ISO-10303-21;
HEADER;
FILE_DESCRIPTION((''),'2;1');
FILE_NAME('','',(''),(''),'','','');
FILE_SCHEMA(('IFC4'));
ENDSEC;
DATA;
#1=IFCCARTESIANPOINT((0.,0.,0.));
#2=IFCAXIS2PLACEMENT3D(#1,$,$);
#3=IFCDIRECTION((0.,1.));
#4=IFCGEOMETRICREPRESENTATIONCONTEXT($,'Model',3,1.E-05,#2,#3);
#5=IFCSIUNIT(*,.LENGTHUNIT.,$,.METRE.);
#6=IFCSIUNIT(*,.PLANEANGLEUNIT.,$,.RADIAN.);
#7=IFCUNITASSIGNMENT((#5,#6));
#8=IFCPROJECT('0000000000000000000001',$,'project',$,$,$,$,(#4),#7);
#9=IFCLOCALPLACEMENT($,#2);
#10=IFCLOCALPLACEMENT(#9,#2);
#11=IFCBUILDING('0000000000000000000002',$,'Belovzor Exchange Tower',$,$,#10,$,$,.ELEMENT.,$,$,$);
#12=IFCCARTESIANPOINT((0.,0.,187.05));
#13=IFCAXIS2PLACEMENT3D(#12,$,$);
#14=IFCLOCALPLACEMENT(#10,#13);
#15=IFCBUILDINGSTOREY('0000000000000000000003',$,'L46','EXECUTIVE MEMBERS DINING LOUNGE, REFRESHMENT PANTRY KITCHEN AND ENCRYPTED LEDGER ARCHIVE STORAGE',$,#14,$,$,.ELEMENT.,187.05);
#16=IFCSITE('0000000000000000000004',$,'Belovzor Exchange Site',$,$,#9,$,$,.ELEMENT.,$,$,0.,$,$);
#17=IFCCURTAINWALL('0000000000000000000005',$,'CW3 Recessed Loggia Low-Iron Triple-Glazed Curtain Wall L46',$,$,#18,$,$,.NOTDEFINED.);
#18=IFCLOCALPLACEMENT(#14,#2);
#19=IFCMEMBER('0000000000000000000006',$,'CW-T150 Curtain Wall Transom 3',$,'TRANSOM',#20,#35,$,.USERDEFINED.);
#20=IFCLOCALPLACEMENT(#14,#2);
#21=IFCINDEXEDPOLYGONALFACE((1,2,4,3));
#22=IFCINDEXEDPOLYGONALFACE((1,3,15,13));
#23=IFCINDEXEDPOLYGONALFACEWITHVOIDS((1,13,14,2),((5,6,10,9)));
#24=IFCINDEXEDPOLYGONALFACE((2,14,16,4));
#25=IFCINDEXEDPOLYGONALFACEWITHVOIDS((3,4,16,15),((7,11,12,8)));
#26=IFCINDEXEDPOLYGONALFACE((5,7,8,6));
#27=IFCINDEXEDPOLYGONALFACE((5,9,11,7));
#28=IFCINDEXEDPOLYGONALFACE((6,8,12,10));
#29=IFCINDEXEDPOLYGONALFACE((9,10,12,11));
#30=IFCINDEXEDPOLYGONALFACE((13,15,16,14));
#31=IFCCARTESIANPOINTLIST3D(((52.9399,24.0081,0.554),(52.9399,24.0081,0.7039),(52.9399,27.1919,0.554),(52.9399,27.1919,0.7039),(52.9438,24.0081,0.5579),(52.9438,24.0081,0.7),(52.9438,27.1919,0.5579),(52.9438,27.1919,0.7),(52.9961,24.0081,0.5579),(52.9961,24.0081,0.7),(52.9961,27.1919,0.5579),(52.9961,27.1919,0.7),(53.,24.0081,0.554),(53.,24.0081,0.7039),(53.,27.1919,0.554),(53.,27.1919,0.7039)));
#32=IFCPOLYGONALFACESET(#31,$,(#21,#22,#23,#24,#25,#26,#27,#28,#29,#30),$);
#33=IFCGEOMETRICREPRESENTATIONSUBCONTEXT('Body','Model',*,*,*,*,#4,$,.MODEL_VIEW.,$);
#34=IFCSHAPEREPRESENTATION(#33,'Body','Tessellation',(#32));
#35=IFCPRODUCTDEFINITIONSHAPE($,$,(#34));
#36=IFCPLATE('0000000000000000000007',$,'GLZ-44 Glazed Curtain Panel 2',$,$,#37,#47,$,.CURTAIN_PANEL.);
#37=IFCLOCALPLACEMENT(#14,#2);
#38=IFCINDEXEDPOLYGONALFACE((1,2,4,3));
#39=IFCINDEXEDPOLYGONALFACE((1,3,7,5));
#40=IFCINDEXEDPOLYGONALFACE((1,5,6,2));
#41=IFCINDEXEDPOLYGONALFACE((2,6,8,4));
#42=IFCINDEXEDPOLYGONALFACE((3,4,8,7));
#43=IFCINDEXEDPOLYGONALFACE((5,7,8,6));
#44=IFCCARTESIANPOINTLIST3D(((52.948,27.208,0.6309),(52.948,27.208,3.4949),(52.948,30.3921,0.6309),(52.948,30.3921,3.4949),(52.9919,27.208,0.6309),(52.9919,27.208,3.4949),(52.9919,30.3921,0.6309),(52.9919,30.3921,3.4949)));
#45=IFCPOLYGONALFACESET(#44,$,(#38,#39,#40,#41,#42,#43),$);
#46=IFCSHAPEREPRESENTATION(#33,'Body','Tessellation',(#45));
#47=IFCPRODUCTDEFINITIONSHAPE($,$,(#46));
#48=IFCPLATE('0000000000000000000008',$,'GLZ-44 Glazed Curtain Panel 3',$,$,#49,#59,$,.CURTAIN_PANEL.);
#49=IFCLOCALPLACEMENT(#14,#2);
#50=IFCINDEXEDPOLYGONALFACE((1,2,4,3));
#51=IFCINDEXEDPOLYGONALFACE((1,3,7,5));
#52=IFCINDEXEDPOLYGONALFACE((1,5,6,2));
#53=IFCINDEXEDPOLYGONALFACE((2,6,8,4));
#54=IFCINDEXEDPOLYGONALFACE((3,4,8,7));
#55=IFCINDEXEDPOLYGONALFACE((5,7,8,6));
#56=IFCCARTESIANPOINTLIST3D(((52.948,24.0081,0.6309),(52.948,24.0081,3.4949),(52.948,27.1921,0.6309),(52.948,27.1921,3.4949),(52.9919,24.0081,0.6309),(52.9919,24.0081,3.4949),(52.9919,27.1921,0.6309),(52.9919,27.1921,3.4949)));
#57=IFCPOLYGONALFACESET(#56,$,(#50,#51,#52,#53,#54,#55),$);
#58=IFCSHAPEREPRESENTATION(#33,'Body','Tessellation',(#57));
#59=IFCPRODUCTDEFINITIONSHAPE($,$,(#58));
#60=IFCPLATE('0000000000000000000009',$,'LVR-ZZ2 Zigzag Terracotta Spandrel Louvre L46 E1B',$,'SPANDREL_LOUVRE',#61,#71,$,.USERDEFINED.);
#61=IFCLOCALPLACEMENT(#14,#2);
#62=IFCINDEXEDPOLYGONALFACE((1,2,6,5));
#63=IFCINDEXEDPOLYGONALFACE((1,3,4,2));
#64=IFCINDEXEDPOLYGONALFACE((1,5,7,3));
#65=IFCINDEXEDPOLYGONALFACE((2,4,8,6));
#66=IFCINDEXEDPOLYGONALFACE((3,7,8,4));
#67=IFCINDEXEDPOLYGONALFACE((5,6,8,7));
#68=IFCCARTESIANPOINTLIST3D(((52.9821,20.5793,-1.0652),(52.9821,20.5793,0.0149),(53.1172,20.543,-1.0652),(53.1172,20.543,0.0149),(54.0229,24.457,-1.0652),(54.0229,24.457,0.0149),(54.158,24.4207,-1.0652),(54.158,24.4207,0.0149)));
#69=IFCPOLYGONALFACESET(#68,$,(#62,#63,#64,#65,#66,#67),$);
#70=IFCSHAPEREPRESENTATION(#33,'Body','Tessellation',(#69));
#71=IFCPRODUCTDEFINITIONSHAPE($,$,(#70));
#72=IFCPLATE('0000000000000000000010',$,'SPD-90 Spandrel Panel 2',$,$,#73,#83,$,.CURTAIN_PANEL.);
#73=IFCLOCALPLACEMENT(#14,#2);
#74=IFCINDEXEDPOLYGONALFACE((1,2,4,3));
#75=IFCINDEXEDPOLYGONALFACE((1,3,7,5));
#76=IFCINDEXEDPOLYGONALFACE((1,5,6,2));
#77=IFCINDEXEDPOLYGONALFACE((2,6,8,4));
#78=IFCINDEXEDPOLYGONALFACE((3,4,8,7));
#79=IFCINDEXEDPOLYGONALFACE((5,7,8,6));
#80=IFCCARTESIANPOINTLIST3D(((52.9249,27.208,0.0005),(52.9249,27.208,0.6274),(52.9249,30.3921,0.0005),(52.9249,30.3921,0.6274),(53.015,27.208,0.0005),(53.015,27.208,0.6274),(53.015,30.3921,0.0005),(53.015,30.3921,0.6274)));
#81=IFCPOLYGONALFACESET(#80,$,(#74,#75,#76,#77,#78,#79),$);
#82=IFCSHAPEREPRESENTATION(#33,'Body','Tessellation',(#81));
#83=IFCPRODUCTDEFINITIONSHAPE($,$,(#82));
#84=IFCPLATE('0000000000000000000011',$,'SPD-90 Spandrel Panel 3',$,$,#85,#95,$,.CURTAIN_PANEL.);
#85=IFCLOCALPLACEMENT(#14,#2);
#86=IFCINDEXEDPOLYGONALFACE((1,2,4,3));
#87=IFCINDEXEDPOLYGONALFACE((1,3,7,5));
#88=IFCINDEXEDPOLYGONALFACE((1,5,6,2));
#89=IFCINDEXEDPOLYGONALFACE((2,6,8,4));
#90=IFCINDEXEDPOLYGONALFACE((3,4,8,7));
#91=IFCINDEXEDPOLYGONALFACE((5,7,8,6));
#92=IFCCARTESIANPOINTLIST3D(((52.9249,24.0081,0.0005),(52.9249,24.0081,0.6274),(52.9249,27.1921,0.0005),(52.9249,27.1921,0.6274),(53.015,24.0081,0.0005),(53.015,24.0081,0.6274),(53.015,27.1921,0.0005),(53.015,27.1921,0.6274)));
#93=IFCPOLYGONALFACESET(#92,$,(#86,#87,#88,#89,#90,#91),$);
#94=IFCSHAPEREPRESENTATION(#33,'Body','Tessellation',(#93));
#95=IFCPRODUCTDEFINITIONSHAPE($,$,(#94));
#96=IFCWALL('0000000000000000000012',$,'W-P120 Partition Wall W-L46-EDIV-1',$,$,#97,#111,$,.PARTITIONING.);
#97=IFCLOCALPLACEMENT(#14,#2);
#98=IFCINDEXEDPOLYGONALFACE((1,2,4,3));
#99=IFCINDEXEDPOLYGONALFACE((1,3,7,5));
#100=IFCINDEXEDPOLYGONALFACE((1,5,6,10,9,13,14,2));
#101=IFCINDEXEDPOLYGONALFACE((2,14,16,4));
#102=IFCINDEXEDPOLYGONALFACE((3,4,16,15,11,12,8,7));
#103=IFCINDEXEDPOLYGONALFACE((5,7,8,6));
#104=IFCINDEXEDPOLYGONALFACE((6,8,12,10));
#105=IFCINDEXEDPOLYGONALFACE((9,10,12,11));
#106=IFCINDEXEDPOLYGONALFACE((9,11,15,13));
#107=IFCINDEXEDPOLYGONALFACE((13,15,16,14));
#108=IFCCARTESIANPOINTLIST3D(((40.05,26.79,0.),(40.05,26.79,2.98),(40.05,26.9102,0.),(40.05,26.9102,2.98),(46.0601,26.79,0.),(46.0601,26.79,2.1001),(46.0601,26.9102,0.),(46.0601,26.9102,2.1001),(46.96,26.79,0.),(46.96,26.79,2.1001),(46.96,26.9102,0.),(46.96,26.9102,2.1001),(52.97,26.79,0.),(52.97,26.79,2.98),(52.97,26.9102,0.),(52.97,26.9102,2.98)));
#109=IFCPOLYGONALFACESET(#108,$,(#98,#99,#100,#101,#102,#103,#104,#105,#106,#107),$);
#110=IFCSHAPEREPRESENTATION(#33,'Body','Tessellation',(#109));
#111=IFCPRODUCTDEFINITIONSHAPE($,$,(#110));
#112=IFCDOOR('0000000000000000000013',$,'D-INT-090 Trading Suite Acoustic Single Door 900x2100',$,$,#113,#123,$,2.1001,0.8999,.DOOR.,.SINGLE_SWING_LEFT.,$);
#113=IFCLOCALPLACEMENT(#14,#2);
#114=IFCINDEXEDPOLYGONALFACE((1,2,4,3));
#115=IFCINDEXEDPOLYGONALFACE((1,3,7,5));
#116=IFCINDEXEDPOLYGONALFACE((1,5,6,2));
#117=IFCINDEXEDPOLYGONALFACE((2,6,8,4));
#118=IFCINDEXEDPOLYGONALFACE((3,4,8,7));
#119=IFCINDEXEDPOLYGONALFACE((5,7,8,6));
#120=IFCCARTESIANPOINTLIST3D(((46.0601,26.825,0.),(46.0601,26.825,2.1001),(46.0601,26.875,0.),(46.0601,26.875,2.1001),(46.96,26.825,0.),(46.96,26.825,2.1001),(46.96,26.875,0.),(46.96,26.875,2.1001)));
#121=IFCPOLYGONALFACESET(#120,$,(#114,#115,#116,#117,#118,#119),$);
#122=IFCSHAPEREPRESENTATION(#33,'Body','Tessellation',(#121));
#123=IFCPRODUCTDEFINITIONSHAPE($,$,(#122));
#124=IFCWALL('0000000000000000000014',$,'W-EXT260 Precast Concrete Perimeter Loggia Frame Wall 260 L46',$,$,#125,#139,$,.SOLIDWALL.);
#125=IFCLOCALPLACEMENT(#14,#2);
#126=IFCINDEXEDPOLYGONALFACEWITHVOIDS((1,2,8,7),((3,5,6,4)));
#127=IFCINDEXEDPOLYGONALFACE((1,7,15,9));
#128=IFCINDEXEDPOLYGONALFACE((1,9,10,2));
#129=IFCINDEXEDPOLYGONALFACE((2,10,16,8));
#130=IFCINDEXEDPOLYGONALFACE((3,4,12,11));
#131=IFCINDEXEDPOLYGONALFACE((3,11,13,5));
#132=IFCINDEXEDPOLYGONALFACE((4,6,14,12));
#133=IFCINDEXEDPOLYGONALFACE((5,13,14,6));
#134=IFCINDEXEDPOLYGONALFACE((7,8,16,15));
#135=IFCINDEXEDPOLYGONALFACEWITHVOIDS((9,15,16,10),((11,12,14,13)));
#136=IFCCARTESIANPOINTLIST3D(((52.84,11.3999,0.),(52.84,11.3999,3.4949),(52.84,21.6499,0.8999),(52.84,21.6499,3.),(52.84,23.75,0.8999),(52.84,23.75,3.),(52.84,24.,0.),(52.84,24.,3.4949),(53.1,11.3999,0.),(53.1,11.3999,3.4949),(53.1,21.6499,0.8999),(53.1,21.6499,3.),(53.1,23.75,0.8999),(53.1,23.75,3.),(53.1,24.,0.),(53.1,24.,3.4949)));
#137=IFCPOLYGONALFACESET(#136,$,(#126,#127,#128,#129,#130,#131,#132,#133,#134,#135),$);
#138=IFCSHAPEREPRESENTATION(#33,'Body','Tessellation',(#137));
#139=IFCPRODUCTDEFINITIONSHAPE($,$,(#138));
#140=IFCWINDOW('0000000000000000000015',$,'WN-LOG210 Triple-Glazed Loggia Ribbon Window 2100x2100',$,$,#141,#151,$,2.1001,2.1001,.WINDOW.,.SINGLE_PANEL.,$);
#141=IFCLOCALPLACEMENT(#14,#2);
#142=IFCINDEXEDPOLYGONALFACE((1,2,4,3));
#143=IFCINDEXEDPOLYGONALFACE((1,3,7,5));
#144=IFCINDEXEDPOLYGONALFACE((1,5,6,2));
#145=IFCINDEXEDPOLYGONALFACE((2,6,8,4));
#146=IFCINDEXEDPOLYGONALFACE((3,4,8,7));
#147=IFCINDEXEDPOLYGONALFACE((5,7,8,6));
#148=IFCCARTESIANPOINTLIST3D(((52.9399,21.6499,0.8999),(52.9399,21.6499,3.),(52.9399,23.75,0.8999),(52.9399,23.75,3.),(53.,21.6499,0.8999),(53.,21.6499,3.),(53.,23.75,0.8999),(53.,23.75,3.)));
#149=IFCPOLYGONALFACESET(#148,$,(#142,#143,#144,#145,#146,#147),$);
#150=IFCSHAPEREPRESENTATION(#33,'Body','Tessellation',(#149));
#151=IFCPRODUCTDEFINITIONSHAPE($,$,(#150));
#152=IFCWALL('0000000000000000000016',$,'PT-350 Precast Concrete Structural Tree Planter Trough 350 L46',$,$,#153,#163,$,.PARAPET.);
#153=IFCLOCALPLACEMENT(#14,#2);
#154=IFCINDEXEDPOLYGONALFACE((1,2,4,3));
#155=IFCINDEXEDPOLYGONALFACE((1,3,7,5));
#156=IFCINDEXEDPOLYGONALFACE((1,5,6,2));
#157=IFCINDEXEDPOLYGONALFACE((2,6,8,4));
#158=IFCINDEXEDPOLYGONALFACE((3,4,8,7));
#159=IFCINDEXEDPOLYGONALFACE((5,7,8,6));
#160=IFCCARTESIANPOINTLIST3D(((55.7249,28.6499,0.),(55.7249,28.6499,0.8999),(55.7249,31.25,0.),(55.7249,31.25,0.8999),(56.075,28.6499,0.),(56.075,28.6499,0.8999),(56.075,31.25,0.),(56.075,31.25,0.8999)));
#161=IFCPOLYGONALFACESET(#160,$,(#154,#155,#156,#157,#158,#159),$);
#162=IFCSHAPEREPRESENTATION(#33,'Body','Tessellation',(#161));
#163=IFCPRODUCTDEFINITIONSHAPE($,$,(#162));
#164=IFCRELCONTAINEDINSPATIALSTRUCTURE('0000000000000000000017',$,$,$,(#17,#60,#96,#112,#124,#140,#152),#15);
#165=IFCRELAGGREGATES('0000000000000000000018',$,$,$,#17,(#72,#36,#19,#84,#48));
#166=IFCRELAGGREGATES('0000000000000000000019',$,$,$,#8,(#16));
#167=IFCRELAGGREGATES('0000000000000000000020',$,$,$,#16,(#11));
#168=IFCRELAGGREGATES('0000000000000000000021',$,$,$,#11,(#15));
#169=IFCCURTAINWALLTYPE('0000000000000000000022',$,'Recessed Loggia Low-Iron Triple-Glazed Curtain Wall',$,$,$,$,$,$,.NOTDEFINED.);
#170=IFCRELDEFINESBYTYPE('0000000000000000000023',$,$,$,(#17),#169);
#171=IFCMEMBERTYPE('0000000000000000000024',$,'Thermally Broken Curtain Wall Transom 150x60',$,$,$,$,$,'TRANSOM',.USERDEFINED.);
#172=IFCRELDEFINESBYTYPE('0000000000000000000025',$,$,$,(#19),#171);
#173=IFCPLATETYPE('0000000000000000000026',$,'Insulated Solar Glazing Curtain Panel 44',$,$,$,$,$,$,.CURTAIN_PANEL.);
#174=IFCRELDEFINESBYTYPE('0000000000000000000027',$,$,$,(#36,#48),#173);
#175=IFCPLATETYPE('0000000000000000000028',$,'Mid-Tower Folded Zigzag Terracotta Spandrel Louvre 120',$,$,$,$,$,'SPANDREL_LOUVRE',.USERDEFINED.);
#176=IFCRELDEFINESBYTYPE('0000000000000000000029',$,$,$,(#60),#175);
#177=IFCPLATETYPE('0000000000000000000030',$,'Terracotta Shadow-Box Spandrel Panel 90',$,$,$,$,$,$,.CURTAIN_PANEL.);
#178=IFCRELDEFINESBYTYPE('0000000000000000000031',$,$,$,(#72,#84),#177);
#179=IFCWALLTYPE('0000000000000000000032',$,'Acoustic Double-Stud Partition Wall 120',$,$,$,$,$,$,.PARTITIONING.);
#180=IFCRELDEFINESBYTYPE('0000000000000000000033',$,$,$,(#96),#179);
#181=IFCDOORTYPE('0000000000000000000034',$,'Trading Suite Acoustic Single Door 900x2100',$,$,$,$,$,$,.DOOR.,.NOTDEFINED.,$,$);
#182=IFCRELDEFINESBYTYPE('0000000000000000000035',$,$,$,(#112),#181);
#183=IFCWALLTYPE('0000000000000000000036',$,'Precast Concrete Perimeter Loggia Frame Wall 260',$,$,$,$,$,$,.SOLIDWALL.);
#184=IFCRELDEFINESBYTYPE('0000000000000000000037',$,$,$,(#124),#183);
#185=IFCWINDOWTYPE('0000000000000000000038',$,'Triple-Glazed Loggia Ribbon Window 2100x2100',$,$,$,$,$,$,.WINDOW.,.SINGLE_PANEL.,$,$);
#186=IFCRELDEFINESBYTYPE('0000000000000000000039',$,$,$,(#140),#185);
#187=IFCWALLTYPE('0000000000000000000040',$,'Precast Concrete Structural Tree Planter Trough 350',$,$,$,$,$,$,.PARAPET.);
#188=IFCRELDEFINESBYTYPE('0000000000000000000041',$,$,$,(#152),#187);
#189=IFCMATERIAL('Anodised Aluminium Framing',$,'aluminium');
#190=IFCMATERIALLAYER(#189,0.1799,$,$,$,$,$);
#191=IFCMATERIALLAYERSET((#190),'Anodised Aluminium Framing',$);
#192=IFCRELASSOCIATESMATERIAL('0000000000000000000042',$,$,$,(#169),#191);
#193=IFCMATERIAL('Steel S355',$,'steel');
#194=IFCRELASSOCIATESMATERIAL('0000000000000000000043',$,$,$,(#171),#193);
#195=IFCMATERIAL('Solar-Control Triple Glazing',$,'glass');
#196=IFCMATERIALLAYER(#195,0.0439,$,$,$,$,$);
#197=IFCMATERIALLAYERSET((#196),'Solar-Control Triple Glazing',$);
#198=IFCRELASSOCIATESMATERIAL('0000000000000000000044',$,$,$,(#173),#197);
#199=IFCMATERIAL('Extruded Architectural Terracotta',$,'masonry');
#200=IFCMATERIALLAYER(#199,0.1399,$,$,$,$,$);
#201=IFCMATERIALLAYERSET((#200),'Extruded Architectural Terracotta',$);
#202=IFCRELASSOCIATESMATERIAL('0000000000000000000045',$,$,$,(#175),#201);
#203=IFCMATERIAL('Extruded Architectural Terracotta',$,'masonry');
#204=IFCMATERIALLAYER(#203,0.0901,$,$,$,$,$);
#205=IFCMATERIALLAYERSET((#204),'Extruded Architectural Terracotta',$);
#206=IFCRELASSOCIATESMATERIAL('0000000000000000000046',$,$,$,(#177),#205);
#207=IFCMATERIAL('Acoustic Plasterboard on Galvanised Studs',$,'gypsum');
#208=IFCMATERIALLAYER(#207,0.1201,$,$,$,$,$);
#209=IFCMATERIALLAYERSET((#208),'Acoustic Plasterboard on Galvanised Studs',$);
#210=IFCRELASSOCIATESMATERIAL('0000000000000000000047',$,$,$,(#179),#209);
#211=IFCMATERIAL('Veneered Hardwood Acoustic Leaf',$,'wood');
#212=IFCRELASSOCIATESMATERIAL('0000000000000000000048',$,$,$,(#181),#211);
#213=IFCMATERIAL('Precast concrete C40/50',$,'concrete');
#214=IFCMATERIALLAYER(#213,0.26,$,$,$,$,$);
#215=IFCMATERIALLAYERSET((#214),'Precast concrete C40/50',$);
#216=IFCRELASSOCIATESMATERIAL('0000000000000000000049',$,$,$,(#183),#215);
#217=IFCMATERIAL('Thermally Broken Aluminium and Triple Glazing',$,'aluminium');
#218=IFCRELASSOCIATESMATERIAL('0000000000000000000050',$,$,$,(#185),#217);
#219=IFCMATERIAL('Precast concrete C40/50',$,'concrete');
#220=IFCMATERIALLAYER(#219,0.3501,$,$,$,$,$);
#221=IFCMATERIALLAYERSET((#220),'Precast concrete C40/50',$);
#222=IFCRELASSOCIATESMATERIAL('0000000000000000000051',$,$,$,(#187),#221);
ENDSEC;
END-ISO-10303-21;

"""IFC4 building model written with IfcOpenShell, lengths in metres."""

from ifc_helpers import new_model, si_unit, direction, frame, frame_2d, origin, origin_2d, place, context, subcontext, project, spatial, rectangle, hollow_rectangle, extrude, material, layer, layer_set, material_profile, profile_set, type_object, element, fill, aggregate, save


model = new_model("IFC4")

# Units and contexts
model_context = context("Model", 3, precision=1e-05, world=origin(), true_north=direction((0.0, 1.0)))
body_context = subcontext(model_context, "Body", "Model", "MODEL_VIEW")
ifc_project = project(units=[si_unit("LENGTHUNIT", "METRE"), si_unit("PLANEANGLEUNIT", "RADIAN")], contexts=[model_context])

# Site, building, storey
site_placement = place(None, origin())
site = spatial("IfcSite", under=ifc_project, at=site_placement, Name="Belovzor Exchange Site", CompositionType="ELEMENT", RefElevation=0.0)
building_placement = place(site_placement, origin())
building = spatial("IfcBuilding", under=site, at=building_placement, Name="Belovzor Exchange Tower", CompositionType="ELEMENT")
storey_placement = place(building_placement, frame((0.0, 0.0, 187.05)))
storey = spatial("IfcBuildingStorey", under=building, at=storey_placement, Name="L46", Description="EXECUTIVE MEMBERS DINING LOUNGE, REFRESHMENT PANTRY KITCHEN AND ENCRYPTED LEDGER ARCHIVE STORAGE", CompositionType="ELEMENT", Elevation=187.05)

# Curtain wall, member, plates
ifc_material_1 = material(Name="Anodised Aluminium Framing", Category="aluminium")
ifc_layer_1 = layer(ifc_material_1, 0.1799)
ifc_layer_set_1 = layer_set([ifc_layer_1], Name="Anodised Aluminium Framing")
curtain_wall_type = type_object("IfcCurtainWallType", Name="Recessed Loggia Low-Iron Triple-Glazed Curtain Wall", PredefinedType="NOTDEFINED", material=ifc_layer_set_1)
curtain_wall_placement = place(storey_placement, origin())
curtain_wall = element("IfcCurtainWall", 1, at=curtain_wall_placement, inside=storey, type_object=curtain_wall_type, Name="CW3 Recessed Loggia Low-Iron Triple-Glazed Curtain Wall L46", PredefinedType="NOTDEFINED")
ifc_material_2 = material(Name="Steel S355", Category="steel")
ifc_material_profile_1 = material_profile(ifc_material_2, hollow_rectangle(XDim=0.0601, YDim=0.1499, WallThickness=0.0039, at=origin_2d()))
ifc_profile_set_1 = profile_set([ifc_material_profile_1], Name="Steel S355")
member_type_1 = type_object("IfcMemberType", Name="Thermally Broken Curtain Wall Transom 150x60", ElementType="TRANSOM", PredefinedType="USERDEFINED", material=ifc_profile_set_1)
member_1_placement = place(storey_placement, frame((52.97, 27.1919, 0.6289), z_axis=(0.0, -1.0, 0.0), x_axis=(1.0, 0.0, 0.0)))
member_1 = element("IfcMember", 2, at=member_1_placement, type_object=member_type_1, Name="CW-T150 Curtain Wall Transom 3", ObjectType="TRANSOM", PredefinedType="USERDEFINED", context=body_context, shape_type="SweptSolid", body=[
    extrude(hollow_rectangle(XDim=0.0601, YDim=0.1499, WallThickness=0.0039, at=origin_2d()), origin(), (0.0, 0.0, 1.0), 3.1838),
])
ifc_material_3 = material(Name="Solar-Control Triple Glazing", Category="glass")
ifc_layer_2 = layer(ifc_material_3, 0.0439)
ifc_layer_set_2 = layer_set([ifc_layer_2], Name="Solar-Control Triple Glazing")
plate_type_1 = type_object("IfcPlateType", Name="Insulated Solar Glazing Curtain Panel 44", PredefinedType="CURTAIN_PANEL", material=ifc_layer_set_2)
plate_1_placement = place(storey_placement, frame((52.97, 28.8, 0.6309), z_axis=(0.0, 0.0, 1.0), x_axis=(0.0, -1.0, 0.0)))
plate_1 = element("IfcPlate", 3, at=plate_1_placement, type_object=plate_type_1, Name="GLZ-44 Glazed Curtain Panel 2", PredefinedType="CURTAIN_PANEL", context=body_context, shape_type="SweptSolid", body=[
    extrude(rectangle(XDim=3.1841, YDim=0.0439, at=origin_2d()), origin(), (0.0, 0.0, 1.0), 2.864),
])
plate_2_placement = place(storey_placement, frame((52.97, 25.6001, 0.6309), z_axis=(0.0, 0.0, 1.0), x_axis=(0.0, -1.0, 0.0)))
plate_2 = element("IfcPlate", 4, at=plate_2_placement, type_object=plate_type_1, Name="GLZ-44 Glazed Curtain Panel 3", PredefinedType="CURTAIN_PANEL", context=body_context, shape_type="SweptSolid", body=[
    extrude(rectangle(XDim=3.1841, YDim=0.0439, at=origin_2d()), origin(), (0.0, 0.0, 1.0), 2.864),
])

# Plates
ifc_material_4 = material(Name="Extruded Architectural Terracotta", Category="masonry")
ifc_layer_3 = layer(ifc_material_4, 0.1399)
ifc_layer_set_3 = layer_set([ifc_layer_3], Name="Extruded Architectural Terracotta")
plate_type_2 = type_object("IfcPlateType", Name="Mid-Tower Folded Zigzag Terracotta Spandrel Louvre 120", ElementType="SPANDREL_LOUVRE", PredefinedType="USERDEFINED", material=ifc_layer_set_3)
plate_3_placement = place(storey_placement, frame((53.5701, 22.5, -1.0652), z_axis=(0.0, 0.0, 1.0), x_axis=(0.25924, 0.965813, 0.0)))
element("IfcPlate", 5, at=plate_3_placement, inside=storey, type_object=plate_type_2, Name="LVR-ZZ2 Zigzag Terracotta Spandrel Louvre L46 E1B", ObjectType="SPANDREL_LOUVRE", PredefinedType="USERDEFINED", context=body_context, shape_type="SweptSolid", body=[
    extrude(rectangle(XDim=4.0149, YDim=0.1399, at=origin_2d()), origin(), (0.0, 0.0, 1.0), 1.0801),
])
ifc_material_5 = material(Name="Extruded Architectural Terracotta", Category="masonry")
ifc_layer_4 = layer(ifc_material_5, 0.0901)
ifc_layer_set_4 = layer_set([ifc_layer_4], Name="Extruded Architectural Terracotta")
plate_type_3 = type_object("IfcPlateType", Name="Terracotta Shadow-Box Spandrel Panel 90", PredefinedType="CURTAIN_PANEL", material=ifc_layer_set_4)
plate_4_placement = place(storey_placement, frame((52.97, 28.8, 0.0005), z_axis=(0.0, 0.0, 1.0), x_axis=(0.0, -1.0, 0.0)))
plate_4 = element("IfcPlate", 6, at=plate_4_placement, type_object=plate_type_3, Name="SPD-90 Spandrel Panel 2", PredefinedType="CURTAIN_PANEL", context=body_context, shape_type="SweptSolid", body=[
    extrude(rectangle(XDim=3.1841, YDim=0.0901, at=origin_2d()), origin(), (0.0, 0.0, 1.0), 0.627),
])
plate_5_placement = place(storey_placement, frame((52.97, 25.6001, 0.0005), z_axis=(0.0, 0.0, 1.0), x_axis=(0.0, -1.0, 0.0)))
plate_5 = element("IfcPlate", 7, at=plate_5_placement, type_object=plate_type_3, Name="SPD-90 Spandrel Panel 3", PredefinedType="CURTAIN_PANEL", context=body_context, shape_type="SweptSolid", body=[
    extrude(rectangle(XDim=3.1841, YDim=0.0901, at=origin_2d()), origin(), (0.0, 0.0, 1.0), 0.627),
])
aggregate(curtain_wall, [plate_4, plate_1, member_1, plate_5, plate_2])

# Wall, opening, door
ifc_material_6 = material(Name="Acoustic Plasterboard on Galvanised Studs", Category="gypsum")
ifc_layer_5 = layer(ifc_material_6, 0.1201)
ifc_layer_set_5 = layer_set([ifc_layer_5], Name="Acoustic Plasterboard on Galvanised Studs")
wall_type_1 = type_object("IfcWallType", Name="Acoustic Double-Stud Partition Wall 120", PredefinedType="PARTITIONING", material=ifc_layer_set_5)
wall_1_placement = place(storey_placement, frame((40.05, 26.8501, 0.0), z_axis=(0.0, 0.0, 1.0), x_axis=(1.0, 0.0, 0.0)))
wall_1 = element("IfcWall", 8, at=wall_1_placement, inside=storey, type_object=wall_type_1, Name="W-P120 Partition Wall W-L46-EDIV-1", PredefinedType="PARTITIONING", context=body_context, shape_type="SweptSolid", body=[
    extrude(rectangle(XDim=12.9199, YDim=0.1201, at=frame_2d((6.46, 0.0))), origin(), (0.0, 0.0, 1.0), 2.98),
])
opening_1_placement = place(wall_1_placement, frame((6.01, 0.0, 0.0)))
opening_1 = element("IfcOpeningElement", 9, at=opening_1_placement, cuts=wall_1, PredefinedType="OPENING", context=body_context, shape_type="SweptSolid", body=[
    extrude(rectangle(XDim=0.8999, YDim=2.1001, at=frame_2d((0.45, 1.05))), frame((0.0, 0.0701, 0.0), z_axis=(0.0, -1.0, 0.0), x_axis=(1.0, 0.0, 0.0)), (0.0, 0.0, 1.0), 0.1401),
])
ifc_material_7 = material(Name="Veneered Hardwood Acoustic Leaf", Category="wood")
door_type = type_object("IfcDoorType", Name="Trading Suite Acoustic Single Door 900x2100", OperationType="NOTDEFINED", PredefinedType="DOOR", material=ifc_material_7)
door_placement = place(opening_1_placement, origin())
door = element("IfcDoor", 10, at=door_placement, inside=storey, type_object=door_type, Name="D-INT-090 Trading Suite Acoustic Single Door 900x2100", OperationType="SINGLE_SWING_LEFT", OverallHeight=2.1001, OverallWidth=0.8999, PredefinedType="DOOR", context=body_context, shape_type="SweptSolid", body=[
    extrude(rectangle(XDim=0.8999, YDim=2.1001, at=frame_2d((0.45, 1.05))), frame((0.0, 0.0249, 0.0), z_axis=(0.0, -1.0, 0.0), x_axis=(1.0, 0.0, 0.0)), (0.0, 0.0, 1.0), 0.05),
])
fill(opening_1, door)

# Wall, opening, window
ifc_material_8 = material(Name="Precast concrete C40/50", Category="concrete")
ifc_layer_6 = layer(ifc_material_8, 0.26)
ifc_layer_set_6 = layer_set([ifc_layer_6], Name="Precast concrete C40/50")
wall_type_2 = type_object("IfcWallType", Name="Precast Concrete Perimeter Loggia Frame Wall 260", PredefinedType="SOLIDWALL", material=ifc_layer_set_6)
wall_2_placement = place(storey_placement, frame((52.97, 24.0, 0.0), z_axis=(0.0, 0.0, 1.0), x_axis=(0.0, -1.0, 0.0)))
wall_2 = element("IfcWall", 11, at=wall_2_placement, inside=storey, type_object=wall_type_2, Name="W-EXT260 Precast Concrete Perimeter Loggia Frame Wall 260 L46", PredefinedType="SOLIDWALL", context=body_context, shape_type="SweptSolid", body=[
    extrude(rectangle(XDim=12.6001, YDim=0.26, at=frame_2d((6.3, 0.0))), origin(), (0.0, 0.0, 1.0), 3.4949),
])
opening_2_placement = place(wall_2_placement, frame((0.25, 0.0, 0.8999)))
opening_2 = element("IfcOpeningElement", 12, at=opening_2_placement, cuts=wall_2, PredefinedType="OPENING", context=body_context, shape_type="SweptSolid", body=[
    extrude(rectangle(XDim=2.1001, YDim=2.1001, at=frame_2d((1.05, 1.05))), frame((0.0, 0.1399, 0.0), z_axis=(0.0, -1.0, 0.0), x_axis=(1.0, 0.0, 0.0)), (0.0, 0.0, 1.0), 0.28),
])
ifc_material_9 = material(Name="Thermally Broken Aluminium and Triple Glazing", Category="aluminium")
window_type = type_object("IfcWindowType", Name="Triple-Glazed Loggia Ribbon Window 2100x2100", PartitioningType="SINGLE_PANEL", PredefinedType="WINDOW", material=ifc_material_9)
window_placement = place(opening_2_placement, origin())
window = element("IfcWindow", 13, at=window_placement, inside=storey, type_object=window_type, Name="WN-LOG210 Triple-Glazed Loggia Ribbon Window 2100x2100", OverallHeight=2.1001, OverallWidth=2.1001, PartitioningType="SINGLE_PANEL", PredefinedType="WINDOW", context=body_context, shape_type="SweptSolid", body=[
    extrude(rectangle(XDim=2.1001, YDim=2.1001, at=frame_2d((1.05, 1.05))), frame((0.0, 0.03, 0.0), z_axis=(0.0, -1.0, 0.0), x_axis=(1.0, 0.0, 0.0)), (0.0, 0.0, 1.0), 0.0601),
])
fill(opening_2, window)

# Wall
ifc_material_10 = material(Name="Precast concrete C40/50", Category="concrete")
ifc_layer_7 = layer(ifc_material_10, 0.3501)
ifc_layer_set_7 = layer_set([ifc_layer_7], Name="Precast concrete C40/50")
wall_type_3 = type_object("IfcWallType", Name="Precast Concrete Structural Tree Planter Trough 350", PredefinedType="PARAPET", material=ifc_layer_set_7)
wall_3_placement = place(storey_placement, frame((55.8999, 28.6499, 0.0), z_axis=(0.0, 0.0, 1.0), x_axis=(0.0, 1.0, 0.0)))
element("IfcWall", 14, at=wall_3_placement, inside=storey, type_object=wall_type_3, Name="PT-350 Precast Concrete Structural Tree Planter Trough 350 L46", PredefinedType="PARAPET", context=body_context, shape_type="SweptSolid", body=[
    extrude(rectangle(XDim=2.6001, YDim=0.3501, at=frame_2d((1.3, 0.0))), origin(), (0.0, 0.0, 1.0), 0.8999),
])

save(model, "model.ifc")
